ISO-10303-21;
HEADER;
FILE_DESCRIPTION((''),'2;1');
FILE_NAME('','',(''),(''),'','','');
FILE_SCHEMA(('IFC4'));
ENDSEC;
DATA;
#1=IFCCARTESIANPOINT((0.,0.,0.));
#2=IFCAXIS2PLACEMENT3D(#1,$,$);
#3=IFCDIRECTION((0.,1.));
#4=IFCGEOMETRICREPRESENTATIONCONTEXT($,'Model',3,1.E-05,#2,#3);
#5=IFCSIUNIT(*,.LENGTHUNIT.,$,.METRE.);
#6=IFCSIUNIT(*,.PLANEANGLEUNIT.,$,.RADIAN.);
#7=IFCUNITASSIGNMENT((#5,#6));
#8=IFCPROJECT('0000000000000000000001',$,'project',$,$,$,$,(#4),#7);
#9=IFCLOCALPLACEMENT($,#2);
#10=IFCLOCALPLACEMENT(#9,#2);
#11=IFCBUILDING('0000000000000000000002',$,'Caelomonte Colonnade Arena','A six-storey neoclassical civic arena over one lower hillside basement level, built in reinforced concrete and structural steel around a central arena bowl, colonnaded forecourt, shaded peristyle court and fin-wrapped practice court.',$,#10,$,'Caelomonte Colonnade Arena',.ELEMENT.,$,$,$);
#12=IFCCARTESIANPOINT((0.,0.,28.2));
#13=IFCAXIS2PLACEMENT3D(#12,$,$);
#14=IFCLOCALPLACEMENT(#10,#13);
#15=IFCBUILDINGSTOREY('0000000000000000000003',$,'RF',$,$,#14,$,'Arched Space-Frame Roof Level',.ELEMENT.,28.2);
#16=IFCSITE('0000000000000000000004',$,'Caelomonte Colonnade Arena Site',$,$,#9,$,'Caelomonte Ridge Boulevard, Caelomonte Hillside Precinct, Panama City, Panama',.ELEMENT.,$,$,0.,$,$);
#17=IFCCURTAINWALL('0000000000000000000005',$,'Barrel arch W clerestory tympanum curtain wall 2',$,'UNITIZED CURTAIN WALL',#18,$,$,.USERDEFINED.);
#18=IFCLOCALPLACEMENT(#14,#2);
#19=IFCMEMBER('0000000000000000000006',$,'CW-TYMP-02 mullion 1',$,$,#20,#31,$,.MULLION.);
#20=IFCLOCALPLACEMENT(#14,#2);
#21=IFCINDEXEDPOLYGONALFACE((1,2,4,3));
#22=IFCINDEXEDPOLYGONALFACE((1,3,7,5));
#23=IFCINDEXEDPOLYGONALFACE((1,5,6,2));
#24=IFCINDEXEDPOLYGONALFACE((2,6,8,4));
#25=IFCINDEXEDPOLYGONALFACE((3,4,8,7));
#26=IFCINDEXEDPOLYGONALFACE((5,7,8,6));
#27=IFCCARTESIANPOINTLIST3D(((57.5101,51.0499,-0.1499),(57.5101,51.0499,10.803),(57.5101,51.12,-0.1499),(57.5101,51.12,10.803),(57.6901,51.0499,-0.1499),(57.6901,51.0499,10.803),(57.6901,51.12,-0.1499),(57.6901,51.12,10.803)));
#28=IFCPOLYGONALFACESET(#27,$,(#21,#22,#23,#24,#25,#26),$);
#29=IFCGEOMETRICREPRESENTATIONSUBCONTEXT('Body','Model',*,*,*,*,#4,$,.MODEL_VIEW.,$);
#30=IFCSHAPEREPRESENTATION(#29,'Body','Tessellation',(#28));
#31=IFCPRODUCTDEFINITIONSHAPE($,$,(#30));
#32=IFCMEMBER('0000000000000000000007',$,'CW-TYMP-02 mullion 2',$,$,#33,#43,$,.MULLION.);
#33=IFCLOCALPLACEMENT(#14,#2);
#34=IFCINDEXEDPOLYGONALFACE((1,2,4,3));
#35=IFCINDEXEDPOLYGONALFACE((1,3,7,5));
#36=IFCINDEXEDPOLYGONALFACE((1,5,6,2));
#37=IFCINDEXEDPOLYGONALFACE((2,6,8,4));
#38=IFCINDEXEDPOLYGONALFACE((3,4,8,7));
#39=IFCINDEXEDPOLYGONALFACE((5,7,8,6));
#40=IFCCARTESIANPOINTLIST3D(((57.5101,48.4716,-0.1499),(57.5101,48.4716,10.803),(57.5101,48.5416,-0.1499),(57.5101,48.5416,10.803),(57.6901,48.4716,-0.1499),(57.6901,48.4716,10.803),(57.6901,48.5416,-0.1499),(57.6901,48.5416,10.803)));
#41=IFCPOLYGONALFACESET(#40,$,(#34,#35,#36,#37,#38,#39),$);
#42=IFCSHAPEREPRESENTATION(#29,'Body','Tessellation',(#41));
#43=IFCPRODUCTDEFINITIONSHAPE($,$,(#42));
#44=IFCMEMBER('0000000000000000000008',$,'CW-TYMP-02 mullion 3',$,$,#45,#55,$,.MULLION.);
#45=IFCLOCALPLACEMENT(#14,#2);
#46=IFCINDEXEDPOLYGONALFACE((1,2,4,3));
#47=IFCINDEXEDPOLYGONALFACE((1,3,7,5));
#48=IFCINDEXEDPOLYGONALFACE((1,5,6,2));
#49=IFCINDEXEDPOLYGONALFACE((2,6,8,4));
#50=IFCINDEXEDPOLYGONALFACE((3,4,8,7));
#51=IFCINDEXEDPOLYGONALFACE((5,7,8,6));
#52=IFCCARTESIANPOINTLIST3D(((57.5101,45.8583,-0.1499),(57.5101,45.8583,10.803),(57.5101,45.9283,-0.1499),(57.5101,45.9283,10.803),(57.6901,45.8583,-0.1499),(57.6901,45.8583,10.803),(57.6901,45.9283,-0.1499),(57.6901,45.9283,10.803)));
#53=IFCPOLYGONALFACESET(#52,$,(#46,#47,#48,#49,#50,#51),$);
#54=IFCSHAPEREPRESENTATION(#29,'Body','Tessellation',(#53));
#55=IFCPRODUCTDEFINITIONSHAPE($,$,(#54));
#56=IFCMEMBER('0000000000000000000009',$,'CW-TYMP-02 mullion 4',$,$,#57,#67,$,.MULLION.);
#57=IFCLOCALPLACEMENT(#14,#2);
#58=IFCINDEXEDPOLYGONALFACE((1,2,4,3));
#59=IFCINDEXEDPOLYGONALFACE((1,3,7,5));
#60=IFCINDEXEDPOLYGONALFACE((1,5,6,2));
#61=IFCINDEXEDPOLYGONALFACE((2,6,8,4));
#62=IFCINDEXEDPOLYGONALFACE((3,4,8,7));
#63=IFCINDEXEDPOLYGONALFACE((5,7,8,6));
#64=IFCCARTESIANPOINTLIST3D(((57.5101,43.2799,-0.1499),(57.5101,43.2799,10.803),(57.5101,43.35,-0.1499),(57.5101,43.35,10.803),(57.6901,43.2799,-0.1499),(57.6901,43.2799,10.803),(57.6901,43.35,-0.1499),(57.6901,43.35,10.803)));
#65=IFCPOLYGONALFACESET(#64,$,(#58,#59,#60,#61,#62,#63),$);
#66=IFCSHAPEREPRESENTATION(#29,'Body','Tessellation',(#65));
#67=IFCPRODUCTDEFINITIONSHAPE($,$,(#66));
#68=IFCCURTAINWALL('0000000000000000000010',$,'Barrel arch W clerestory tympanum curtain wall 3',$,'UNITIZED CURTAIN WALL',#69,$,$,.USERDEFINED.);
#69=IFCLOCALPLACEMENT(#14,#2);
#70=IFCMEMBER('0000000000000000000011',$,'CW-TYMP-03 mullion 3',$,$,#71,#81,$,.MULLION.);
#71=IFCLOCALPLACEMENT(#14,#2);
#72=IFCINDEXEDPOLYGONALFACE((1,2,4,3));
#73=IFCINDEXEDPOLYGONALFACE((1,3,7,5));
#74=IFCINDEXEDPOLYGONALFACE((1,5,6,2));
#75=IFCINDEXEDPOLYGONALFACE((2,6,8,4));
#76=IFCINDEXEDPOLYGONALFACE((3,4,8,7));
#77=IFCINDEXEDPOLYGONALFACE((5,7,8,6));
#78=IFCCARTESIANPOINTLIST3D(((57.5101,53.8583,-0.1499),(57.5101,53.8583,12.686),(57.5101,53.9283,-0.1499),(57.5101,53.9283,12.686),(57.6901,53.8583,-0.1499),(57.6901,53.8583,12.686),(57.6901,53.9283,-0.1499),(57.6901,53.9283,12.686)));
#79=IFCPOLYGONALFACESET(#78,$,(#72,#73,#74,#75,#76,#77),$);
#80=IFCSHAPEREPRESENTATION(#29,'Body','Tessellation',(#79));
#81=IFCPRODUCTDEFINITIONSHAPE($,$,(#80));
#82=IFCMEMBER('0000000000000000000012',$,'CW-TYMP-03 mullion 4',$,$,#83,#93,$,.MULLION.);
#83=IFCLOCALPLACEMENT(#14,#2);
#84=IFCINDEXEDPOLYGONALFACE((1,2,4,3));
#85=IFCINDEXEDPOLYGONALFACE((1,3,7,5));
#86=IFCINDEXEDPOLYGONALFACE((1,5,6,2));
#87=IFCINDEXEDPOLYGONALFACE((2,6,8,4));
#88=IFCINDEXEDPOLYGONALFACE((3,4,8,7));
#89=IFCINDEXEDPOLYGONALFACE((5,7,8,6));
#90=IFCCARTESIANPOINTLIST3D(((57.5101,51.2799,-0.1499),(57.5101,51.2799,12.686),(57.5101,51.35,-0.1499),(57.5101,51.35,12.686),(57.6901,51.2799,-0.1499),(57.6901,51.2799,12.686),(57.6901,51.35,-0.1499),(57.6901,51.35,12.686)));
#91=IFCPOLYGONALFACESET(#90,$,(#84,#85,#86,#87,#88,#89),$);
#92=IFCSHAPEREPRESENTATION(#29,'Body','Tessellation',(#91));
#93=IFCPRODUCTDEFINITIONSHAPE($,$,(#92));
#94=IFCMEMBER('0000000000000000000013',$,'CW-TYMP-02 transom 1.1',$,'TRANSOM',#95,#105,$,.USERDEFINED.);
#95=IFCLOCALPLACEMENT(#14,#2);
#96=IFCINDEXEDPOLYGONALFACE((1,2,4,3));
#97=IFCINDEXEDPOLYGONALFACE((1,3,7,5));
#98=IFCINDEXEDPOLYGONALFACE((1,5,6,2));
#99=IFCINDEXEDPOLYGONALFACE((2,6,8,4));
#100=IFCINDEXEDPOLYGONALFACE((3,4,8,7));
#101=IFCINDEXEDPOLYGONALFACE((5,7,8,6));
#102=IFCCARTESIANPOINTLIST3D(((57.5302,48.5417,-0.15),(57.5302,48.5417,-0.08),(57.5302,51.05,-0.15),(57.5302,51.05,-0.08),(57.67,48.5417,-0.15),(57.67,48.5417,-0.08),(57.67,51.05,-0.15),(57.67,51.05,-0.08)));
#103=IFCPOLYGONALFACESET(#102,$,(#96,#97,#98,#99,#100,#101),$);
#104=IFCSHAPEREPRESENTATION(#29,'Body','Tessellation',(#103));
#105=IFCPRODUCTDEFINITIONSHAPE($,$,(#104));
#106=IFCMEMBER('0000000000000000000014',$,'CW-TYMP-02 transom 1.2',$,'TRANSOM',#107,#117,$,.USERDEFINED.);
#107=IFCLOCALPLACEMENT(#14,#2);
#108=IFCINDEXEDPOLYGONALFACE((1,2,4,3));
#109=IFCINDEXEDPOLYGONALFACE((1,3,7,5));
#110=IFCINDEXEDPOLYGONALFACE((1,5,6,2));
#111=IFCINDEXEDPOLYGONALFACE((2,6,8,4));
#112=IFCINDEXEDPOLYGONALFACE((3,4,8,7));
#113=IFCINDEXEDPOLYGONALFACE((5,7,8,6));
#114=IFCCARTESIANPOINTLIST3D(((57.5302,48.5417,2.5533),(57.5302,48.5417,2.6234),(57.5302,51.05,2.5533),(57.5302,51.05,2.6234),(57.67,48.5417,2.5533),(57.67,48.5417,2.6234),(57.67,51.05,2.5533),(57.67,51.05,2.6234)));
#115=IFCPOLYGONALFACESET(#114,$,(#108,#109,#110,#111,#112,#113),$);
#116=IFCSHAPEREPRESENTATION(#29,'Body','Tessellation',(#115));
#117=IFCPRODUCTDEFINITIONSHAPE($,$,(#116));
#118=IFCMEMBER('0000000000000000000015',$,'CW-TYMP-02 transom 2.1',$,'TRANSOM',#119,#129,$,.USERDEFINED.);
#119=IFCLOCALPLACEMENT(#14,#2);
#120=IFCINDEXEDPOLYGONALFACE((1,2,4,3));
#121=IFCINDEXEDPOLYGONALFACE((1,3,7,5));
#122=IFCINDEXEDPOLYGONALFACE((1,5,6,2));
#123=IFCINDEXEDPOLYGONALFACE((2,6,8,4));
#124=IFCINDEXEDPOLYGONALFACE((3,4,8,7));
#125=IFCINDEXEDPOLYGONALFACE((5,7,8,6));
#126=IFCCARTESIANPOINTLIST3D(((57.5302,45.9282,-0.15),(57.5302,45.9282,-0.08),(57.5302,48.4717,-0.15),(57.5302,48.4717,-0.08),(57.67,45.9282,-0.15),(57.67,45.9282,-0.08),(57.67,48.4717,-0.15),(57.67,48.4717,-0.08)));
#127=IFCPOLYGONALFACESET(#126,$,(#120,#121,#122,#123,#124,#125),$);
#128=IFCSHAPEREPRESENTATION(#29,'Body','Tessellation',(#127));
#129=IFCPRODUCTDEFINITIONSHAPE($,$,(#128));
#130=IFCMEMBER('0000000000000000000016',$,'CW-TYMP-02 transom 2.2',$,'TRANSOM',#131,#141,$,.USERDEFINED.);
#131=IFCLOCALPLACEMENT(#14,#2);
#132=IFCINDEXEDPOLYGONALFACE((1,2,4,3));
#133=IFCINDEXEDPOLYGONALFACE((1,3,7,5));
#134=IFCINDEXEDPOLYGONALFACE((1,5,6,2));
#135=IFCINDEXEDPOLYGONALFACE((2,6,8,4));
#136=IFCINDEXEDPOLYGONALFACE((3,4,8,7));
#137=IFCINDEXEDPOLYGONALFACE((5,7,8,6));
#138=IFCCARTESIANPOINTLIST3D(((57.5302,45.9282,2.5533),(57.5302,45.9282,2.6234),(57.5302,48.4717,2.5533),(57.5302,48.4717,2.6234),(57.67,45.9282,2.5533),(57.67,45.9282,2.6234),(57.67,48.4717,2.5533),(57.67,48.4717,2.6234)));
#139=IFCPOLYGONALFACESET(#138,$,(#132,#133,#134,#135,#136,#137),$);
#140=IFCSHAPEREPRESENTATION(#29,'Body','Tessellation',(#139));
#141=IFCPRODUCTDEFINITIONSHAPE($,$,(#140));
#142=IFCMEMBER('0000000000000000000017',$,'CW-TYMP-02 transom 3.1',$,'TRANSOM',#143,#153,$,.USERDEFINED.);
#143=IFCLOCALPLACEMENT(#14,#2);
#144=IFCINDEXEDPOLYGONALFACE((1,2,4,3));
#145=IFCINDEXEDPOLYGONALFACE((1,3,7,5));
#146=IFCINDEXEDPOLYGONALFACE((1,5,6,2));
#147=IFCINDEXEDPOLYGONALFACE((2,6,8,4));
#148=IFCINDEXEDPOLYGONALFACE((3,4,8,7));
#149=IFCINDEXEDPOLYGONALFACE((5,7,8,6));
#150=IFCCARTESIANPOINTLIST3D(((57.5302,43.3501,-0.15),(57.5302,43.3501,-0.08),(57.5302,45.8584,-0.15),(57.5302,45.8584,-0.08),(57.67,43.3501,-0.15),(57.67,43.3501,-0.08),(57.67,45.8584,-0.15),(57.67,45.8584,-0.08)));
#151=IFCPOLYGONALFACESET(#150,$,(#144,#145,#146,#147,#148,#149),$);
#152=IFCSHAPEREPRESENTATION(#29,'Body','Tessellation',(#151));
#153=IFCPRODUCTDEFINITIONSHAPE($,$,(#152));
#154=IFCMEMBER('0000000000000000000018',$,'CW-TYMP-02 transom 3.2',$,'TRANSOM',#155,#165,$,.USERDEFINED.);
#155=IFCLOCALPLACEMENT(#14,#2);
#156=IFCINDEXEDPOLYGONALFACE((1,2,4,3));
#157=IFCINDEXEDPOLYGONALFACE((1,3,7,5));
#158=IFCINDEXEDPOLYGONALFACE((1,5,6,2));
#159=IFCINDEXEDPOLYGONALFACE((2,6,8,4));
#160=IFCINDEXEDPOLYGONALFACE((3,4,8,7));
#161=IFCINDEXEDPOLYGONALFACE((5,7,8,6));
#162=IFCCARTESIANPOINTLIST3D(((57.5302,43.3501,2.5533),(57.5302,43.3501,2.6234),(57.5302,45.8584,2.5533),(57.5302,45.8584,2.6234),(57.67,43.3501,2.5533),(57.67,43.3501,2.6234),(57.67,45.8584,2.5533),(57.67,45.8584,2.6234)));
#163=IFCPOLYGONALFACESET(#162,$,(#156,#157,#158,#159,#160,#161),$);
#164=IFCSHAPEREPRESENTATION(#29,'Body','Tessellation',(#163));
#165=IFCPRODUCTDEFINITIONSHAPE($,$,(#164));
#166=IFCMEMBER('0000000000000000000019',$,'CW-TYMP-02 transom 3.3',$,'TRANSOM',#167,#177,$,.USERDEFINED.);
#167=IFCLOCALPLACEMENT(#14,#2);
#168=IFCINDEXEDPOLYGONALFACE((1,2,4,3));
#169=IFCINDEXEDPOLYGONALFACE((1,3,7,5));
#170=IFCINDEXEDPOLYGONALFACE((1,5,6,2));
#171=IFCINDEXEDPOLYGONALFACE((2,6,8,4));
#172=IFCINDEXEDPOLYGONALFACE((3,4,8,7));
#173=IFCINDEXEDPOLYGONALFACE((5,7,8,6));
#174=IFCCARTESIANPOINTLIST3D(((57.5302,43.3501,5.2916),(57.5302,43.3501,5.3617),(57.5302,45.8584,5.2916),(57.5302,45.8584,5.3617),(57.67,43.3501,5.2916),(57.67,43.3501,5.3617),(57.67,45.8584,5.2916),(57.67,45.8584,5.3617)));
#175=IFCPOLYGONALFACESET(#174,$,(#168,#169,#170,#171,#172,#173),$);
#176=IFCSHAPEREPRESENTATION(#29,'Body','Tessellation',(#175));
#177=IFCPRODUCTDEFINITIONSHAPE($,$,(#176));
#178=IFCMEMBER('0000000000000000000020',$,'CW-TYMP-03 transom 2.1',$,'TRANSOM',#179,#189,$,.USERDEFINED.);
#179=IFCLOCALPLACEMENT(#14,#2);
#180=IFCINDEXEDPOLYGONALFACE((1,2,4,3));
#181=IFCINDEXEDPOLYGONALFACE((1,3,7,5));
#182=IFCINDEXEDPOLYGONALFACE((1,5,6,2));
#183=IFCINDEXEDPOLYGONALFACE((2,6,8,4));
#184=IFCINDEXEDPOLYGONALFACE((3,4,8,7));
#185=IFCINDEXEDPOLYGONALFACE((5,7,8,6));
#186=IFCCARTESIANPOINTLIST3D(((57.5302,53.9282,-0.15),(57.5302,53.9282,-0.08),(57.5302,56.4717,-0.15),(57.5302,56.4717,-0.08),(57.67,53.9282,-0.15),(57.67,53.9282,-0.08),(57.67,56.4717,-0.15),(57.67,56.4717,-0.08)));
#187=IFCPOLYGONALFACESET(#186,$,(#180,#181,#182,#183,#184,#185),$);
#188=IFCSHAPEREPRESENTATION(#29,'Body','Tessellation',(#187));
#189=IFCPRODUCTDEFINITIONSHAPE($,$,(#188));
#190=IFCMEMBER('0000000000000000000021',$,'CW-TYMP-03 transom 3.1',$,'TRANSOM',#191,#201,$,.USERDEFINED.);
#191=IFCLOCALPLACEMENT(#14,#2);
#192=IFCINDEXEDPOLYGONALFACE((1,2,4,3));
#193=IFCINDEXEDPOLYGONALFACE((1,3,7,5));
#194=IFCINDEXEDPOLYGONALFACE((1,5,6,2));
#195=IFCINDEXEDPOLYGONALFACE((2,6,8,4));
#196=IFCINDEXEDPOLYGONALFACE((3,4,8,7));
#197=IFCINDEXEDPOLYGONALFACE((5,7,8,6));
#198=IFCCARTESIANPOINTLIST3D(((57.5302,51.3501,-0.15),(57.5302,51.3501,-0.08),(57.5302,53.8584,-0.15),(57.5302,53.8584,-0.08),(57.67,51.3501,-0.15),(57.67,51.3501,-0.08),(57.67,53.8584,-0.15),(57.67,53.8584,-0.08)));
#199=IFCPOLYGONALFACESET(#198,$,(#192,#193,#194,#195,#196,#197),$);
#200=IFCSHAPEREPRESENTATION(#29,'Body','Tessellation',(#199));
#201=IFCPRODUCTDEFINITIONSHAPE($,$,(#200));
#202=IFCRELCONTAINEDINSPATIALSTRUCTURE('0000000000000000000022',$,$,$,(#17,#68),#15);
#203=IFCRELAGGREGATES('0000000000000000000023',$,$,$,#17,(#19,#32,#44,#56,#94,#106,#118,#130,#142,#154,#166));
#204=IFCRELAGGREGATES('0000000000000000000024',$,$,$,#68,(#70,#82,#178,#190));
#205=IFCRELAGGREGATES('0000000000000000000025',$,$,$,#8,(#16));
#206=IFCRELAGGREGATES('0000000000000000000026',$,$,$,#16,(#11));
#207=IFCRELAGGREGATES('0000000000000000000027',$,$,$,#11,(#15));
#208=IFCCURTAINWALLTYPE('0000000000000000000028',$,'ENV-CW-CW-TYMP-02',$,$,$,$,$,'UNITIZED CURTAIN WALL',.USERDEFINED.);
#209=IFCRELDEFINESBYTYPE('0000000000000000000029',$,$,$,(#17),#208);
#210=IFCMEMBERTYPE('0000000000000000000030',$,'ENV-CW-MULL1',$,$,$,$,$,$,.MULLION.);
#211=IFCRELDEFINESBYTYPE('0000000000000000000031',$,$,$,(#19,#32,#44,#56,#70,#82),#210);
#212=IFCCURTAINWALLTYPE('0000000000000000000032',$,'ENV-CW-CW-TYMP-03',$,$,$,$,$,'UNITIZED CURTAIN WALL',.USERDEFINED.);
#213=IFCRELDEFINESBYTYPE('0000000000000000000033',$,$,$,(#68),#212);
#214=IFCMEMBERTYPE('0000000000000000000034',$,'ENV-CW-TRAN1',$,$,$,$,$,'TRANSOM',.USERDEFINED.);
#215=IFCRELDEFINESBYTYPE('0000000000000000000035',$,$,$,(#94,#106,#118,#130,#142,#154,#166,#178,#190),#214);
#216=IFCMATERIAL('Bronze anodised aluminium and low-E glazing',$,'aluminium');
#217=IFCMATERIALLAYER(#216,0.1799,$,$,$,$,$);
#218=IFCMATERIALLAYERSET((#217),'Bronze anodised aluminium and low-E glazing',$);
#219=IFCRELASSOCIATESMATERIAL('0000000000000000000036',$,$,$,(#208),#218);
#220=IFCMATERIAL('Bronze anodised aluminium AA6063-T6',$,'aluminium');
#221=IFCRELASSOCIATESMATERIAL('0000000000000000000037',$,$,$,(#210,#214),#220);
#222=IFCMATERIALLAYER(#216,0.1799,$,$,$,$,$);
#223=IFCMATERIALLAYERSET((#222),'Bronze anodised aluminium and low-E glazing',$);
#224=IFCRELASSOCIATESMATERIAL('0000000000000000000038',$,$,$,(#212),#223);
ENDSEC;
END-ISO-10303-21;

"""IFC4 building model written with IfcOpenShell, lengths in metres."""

from ifc_helpers import new_model, si_unit, direction, frame, origin, origin_2d, place, context, subcontext, project, spatial, rectangle, extrude, material, layer, layer_set, material_profile, profile_set, type_object, element, aggregate, save


model = new_model("IFC4")

# Units and contexts
model_context = context("Model", 3, precision=1e-05, world=origin(), true_north=direction((0.0, 1.0)))
body_context = subcontext(model_context, "Body", "Model", "MODEL_VIEW")
ifc_project = project(units=[si_unit("LENGTHUNIT", "METRE"), si_unit("PLANEANGLEUNIT", "RADIAN")], contexts=[model_context])

# Site, building, storey
site_placement = place(None, origin())
site = spatial("IfcSite", under=ifc_project, at=site_placement, Name="Caelomonte Colonnade Arena Site", LongName="Caelomonte Ridge Boulevard, Caelomonte Hillside Precinct, Panama City, Panama", CompositionType="ELEMENT", RefElevation=0.0)
building_placement = place(site_placement, origin())
building = spatial("IfcBuilding", under=site, at=building_placement, Name="Caelomonte Colonnade Arena", Description="A six-storey neoclassical civic arena over one lower hillside basement level, built in reinforced concrete and structural steel around a central arena bowl, colonnaded forecourt, shaded peristyle court and fin-wrapped practice court.", LongName="Caelomonte Colonnade Arena", CompositionType="ELEMENT")
storey_placement = place(building_placement, frame((0.0, 0.0, 28.2)))
storey = spatial("IfcBuildingStorey", under=building, at=storey_placement, Name="RF", LongName="Arched Space-Frame Roof Level", CompositionType="ELEMENT", Elevation=28.2)

# Curtain walls, members
ifc_material_1 = material(Name="Bronze anodised aluminium and low-E glazing", Category="aluminium")
ifc_layer_1 = layer(ifc_material_1, 0.1799)
ifc_layer_set_1 = layer_set([ifc_layer_1], Name="Bronze anodised aluminium and low-E glazing")
curtain_wall_type_1 = type_object("IfcCurtainWallType", Name="ENV-CW-CW-TYMP-02", ElementType="UNITIZED CURTAIN WALL", PredefinedType="USERDEFINED", material=ifc_layer_set_1)
curtain_wall_1_placement = place(storey_placement, origin())
curtain_wall_1 = element("IfcCurtainWall", 1, at=curtain_wall_1_placement, inside=storey, type_object=curtain_wall_type_1, Name="Barrel arch W clerestory tympanum curtain wall 2", ObjectType="UNITIZED CURTAIN WALL", PredefinedType="USERDEFINED")
ifc_material_2 = material(Name="Bronze anodised aluminium AA6063-T6", Category="aluminium")
ifc_material_profile_1 = material_profile(ifc_material_2, rectangle(XDim=0.0701, YDim=0.1799, at=origin_2d()), Name="CWM-70X180")
ifc_profile_set_1 = profile_set([ifc_material_profile_1], Name="Bronze anodised aluminium AA6063-T6")
member_type_1 = type_object("IfcMemberType", Name="ENV-CW-MULL1", PredefinedType="MULLION", material=ifc_profile_set_1)
member_1_placement = place(storey_placement, frame((57.6001, 51.085, -0.1499), z_axis=(0.0, 0.0, 1.0), x_axis=(0.0, -1.0, 0.0)))
member_1 = element("IfcMember", 2, at=member_1_placement, type_object=member_type_1, Name="CW-TYMP-02 mullion 1", PredefinedType="MULLION", context=body_context, shape_type="SweptSolid", body=[
    extrude(rectangle(XDim=0.0701, YDim=0.1799, at=origin_2d()), origin(), (0.0, 0.0, 1.0), 10.9529),
])
member_2_placement = place(storey_placement, frame((57.6001, 48.5066, -0.1499), z_axis=(0.0, 0.0, 1.0), x_axis=(0.0, -1.0, 0.0)))
member_2 = element("IfcMember", 3, at=member_2_placement, type_object=member_type_1, Name="CW-TYMP-02 mullion 2", PredefinedType="MULLION", context=body_context, shape_type="SweptSolid", body=[
    extrude(rectangle(XDim=0.0701, YDim=0.1799, at=origin_2d()), origin(), (0.0, 0.0, 1.0), 10.9529),
])
member_3_placement = place(storey_placement, frame((57.6001, 45.8933, -0.1499), z_axis=(0.0, 0.0, 1.0), x_axis=(0.0, -1.0, 0.0)))
member_3 = element("IfcMember", 4, at=member_3_placement, type_object=member_type_1, Name="CW-TYMP-02 mullion 3", PredefinedType="MULLION", context=body_context, shape_type="SweptSolid", body=[
    extrude(rectangle(XDim=0.0701, YDim=0.1799, at=origin_2d()), origin(), (0.0, 0.0, 1.0), 10.9529),
])
member_4_placement = place(storey_placement, frame((57.6001, 43.3149, -0.1499), z_axis=(0.0, 0.0, 1.0), x_axis=(0.0, -1.0, 0.0)))
member_4 = element("IfcMember", 5, at=member_4_placement, type_object=member_type_1, Name="CW-TYMP-02 mullion 4", PredefinedType="MULLION", context=body_context, shape_type="SweptSolid", body=[
    extrude(rectangle(XDim=0.0701, YDim=0.1799, at=origin_2d()), origin(), (0.0, 0.0, 1.0), 10.9529),
])
ifc_layer_2 = layer(ifc_material_1, 0.1799)
ifc_layer_set_2 = layer_set([ifc_layer_2], Name="Bronze anodised aluminium and low-E glazing")
curtain_wall_type_2 = type_object("IfcCurtainWallType", Name="ENV-CW-CW-TYMP-03", ElementType="UNITIZED CURTAIN WALL", PredefinedType="USERDEFINED", material=ifc_layer_set_2)
curtain_wall_2_placement = place(storey_placement, origin())
curtain_wall_2 = element("IfcCurtainWall", 6, at=curtain_wall_2_placement, inside=storey, type_object=curtain_wall_type_2, Name="Barrel arch W clerestory tympanum curtain wall 3", ObjectType="UNITIZED CURTAIN WALL", PredefinedType="USERDEFINED")
member_5_placement = place(storey_placement, frame((57.6001, 53.8933, -0.1499), z_axis=(0.0, 0.0, 1.0), x_axis=(0.0, -1.0, 0.0)))
member_5 = element("IfcMember", 7, at=member_5_placement, type_object=member_type_1, Name="CW-TYMP-03 mullion 3", PredefinedType="MULLION", context=body_context, shape_type="SweptSolid", body=[
    extrude(rectangle(XDim=0.0701, YDim=0.1799, at=origin_2d()), origin(), (0.0, 0.0, 1.0), 12.8359),
])
member_6_placement = place(storey_placement, frame((57.6001, 51.3149, -0.1499), z_axis=(0.0, 0.0, 1.0), x_axis=(0.0, -1.0, 0.0)))
member_6 = element("IfcMember", 8, at=member_6_placement, type_object=member_type_1, Name="CW-TYMP-03 mullion 4", PredefinedType="MULLION", context=body_context, shape_type="SweptSolid", body=[
    extrude(rectangle(XDim=0.0701, YDim=0.1799, at=origin_2d()), origin(), (0.0, 0.0, 1.0), 12.8359),
])

# Members
ifc_material_profile_2 = material_profile(ifc_material_2, rectangle(XDim=0.0701, YDim=0.1399, at=origin_2d()), Name="CWT-70X140")
ifc_profile_set_2 = profile_set([ifc_material_profile_2], Name="Bronze anodised aluminium AA6063-T6")
member_type_2 = type_object("IfcMemberType", Name="ENV-CW-TRAN1", ElementType="TRANSOM", PredefinedType="USERDEFINED", material=ifc_profile_set_2)
member_7_placement = place(storey_placement, frame((57.6001, 51.05, -0.115), z_axis=(0.0, -1.0, 0.0), x_axis=(0.0, 0.0, 1.0)))
member_7 = element("IfcMember", 9, at=member_7_placement, type_object=member_type_2, Name="CW-TYMP-02 transom 1.1", ObjectType="TRANSOM", PredefinedType="USERDEFINED", context=body_context, shape_type="SweptSolid", body=[
    extrude(rectangle(XDim=0.0701, YDim=0.1399, at=origin_2d()), origin(), (0.0, 0.0, 1.0), 2.5083),
])
member_8_placement = place(storey_placement, frame((57.6001, 51.05, 2.5884), z_axis=(0.0, -1.0, 0.0), x_axis=(0.0, 0.0, 1.0)))
member_8 = element("IfcMember", 10, at=member_8_placement, type_object=member_type_2, Name="CW-TYMP-02 transom 1.2", ObjectType="TRANSOM", PredefinedType="USERDEFINED", context=body_context, shape_type="SweptSolid", body=[
    extrude(rectangle(XDim=0.0701, YDim=0.1399, at=origin_2d()), origin(), (0.0, 0.0, 1.0), 2.5083),
])
member_9_placement = place(storey_placement, frame((57.6001, 48.4717, -0.115), z_axis=(0.0, -1.0, 0.0), x_axis=(0.0, 0.0, 1.0)))
member_9 = element("IfcMember", 11, at=member_9_placement, type_object=member_type_2, Name="CW-TYMP-02 transom 2.1", ObjectType="TRANSOM", PredefinedType="USERDEFINED", context=body_context, shape_type="SweptSolid", body=[
    extrude(rectangle(XDim=0.0701, YDim=0.1399, at=origin_2d()), origin(), (0.0, 0.0, 1.0), 2.5435),
])
member_10_placement = place(storey_placement, frame((57.6001, 48.4717, 2.5884), z_axis=(0.0, -1.0, 0.0), x_axis=(0.0, 0.0, 1.0)))
member_10 = element("IfcMember", 12, at=member_10_placement, type_object=member_type_2, Name="CW-TYMP-02 transom 2.2", ObjectType="TRANSOM", PredefinedType="USERDEFINED", context=body_context, shape_type="SweptSolid", body=[
    extrude(rectangle(XDim=0.0701, YDim=0.1399, at=origin_2d()), origin(), (0.0, 0.0, 1.0), 2.5435),
])
member_11_placement = place(storey_placement, frame((57.6001, 45.8584, -0.115), z_axis=(0.0, -1.0, 0.0), x_axis=(0.0, 0.0, 1.0)))
member_11 = element("IfcMember", 13, at=member_11_placement, type_object=member_type_2, Name="CW-TYMP-02 transom 3.1", ObjectType="TRANSOM", PredefinedType="USERDEFINED", context=body_context, shape_type="SweptSolid", body=[
    extrude(rectangle(XDim=0.0701, YDim=0.1399, at=origin_2d()), origin(), (0.0, 0.0, 1.0), 2.5083),
])
member_12_placement = place(storey_placement, frame((57.6001, 45.8584, 2.5884), z_axis=(0.0, -1.0, 0.0), x_axis=(0.0, 0.0, 1.0)))
member_12 = element("IfcMember", 14, at=member_12_placement, type_object=member_type_2, Name="CW-TYMP-02 transom 3.2", ObjectType="TRANSOM", PredefinedType="USERDEFINED", context=body_context, shape_type="SweptSolid", body=[
    extrude(rectangle(XDim=0.0701, YDim=0.1399, at=origin_2d()), origin(), (0.0, 0.0, 1.0), 2.5083),
])
member_13_placement = place(storey_placement, frame((57.6001, 45.8584, 5.3267), z_axis=(0.0, -1.0, 0.0), x_axis=(0.0, 0.0, 1.0)))
member_13 = element("IfcMember", 15, at=member_13_placement, type_object=member_type_2, Name="CW-TYMP-02 transom 3.3", ObjectType="TRANSOM", PredefinedType="USERDEFINED", context=body_context, shape_type="SweptSolid", body=[
    extrude(rectangle(XDim=0.0701, YDim=0.1399, at=origin_2d()), origin(), (0.0, 0.0, 1.0), 2.5083),
])
member_14_placement = place(storey_placement, frame((57.6001, 56.4717, -0.115), z_axis=(0.0, -1.0, 0.0), x_axis=(0.0, 0.0, 1.0)))
member_14 = element("IfcMember", 16, at=member_14_placement, type_object=member_type_2, Name="CW-TYMP-03 transom 2.1", ObjectType="TRANSOM", PredefinedType="USERDEFINED", context=body_context, shape_type="SweptSolid", body=[
    extrude(rectangle(XDim=0.0701, YDim=0.1399, at=origin_2d()), origin(), (0.0, 0.0, 1.0), 2.5435),
])
member_15_placement = place(storey_placement, frame((57.6001, 53.8584, -0.115), z_axis=(0.0, -1.0, 0.0), x_axis=(0.0, 0.0, 1.0)))
member_15 = element("IfcMember", 17, at=member_15_placement, type_object=member_type_2, Name="CW-TYMP-03 transom 3.1", ObjectType="TRANSOM", PredefinedType="USERDEFINED", context=body_context, shape_type="SweptSolid", body=[
    extrude(rectangle(XDim=0.0701, YDim=0.1399, at=origin_2d()), origin(), (0.0, 0.0, 1.0), 2.5083),
])

aggregate(curtain_wall_1, [member_1, member_2, member_3, member_4, member_7, member_8, member_9, member_10, member_11, member_12, member_13])
aggregate(curtain_wall_2, [member_5, member_6, member_14, member_15])

save(model, "model.ifc")
